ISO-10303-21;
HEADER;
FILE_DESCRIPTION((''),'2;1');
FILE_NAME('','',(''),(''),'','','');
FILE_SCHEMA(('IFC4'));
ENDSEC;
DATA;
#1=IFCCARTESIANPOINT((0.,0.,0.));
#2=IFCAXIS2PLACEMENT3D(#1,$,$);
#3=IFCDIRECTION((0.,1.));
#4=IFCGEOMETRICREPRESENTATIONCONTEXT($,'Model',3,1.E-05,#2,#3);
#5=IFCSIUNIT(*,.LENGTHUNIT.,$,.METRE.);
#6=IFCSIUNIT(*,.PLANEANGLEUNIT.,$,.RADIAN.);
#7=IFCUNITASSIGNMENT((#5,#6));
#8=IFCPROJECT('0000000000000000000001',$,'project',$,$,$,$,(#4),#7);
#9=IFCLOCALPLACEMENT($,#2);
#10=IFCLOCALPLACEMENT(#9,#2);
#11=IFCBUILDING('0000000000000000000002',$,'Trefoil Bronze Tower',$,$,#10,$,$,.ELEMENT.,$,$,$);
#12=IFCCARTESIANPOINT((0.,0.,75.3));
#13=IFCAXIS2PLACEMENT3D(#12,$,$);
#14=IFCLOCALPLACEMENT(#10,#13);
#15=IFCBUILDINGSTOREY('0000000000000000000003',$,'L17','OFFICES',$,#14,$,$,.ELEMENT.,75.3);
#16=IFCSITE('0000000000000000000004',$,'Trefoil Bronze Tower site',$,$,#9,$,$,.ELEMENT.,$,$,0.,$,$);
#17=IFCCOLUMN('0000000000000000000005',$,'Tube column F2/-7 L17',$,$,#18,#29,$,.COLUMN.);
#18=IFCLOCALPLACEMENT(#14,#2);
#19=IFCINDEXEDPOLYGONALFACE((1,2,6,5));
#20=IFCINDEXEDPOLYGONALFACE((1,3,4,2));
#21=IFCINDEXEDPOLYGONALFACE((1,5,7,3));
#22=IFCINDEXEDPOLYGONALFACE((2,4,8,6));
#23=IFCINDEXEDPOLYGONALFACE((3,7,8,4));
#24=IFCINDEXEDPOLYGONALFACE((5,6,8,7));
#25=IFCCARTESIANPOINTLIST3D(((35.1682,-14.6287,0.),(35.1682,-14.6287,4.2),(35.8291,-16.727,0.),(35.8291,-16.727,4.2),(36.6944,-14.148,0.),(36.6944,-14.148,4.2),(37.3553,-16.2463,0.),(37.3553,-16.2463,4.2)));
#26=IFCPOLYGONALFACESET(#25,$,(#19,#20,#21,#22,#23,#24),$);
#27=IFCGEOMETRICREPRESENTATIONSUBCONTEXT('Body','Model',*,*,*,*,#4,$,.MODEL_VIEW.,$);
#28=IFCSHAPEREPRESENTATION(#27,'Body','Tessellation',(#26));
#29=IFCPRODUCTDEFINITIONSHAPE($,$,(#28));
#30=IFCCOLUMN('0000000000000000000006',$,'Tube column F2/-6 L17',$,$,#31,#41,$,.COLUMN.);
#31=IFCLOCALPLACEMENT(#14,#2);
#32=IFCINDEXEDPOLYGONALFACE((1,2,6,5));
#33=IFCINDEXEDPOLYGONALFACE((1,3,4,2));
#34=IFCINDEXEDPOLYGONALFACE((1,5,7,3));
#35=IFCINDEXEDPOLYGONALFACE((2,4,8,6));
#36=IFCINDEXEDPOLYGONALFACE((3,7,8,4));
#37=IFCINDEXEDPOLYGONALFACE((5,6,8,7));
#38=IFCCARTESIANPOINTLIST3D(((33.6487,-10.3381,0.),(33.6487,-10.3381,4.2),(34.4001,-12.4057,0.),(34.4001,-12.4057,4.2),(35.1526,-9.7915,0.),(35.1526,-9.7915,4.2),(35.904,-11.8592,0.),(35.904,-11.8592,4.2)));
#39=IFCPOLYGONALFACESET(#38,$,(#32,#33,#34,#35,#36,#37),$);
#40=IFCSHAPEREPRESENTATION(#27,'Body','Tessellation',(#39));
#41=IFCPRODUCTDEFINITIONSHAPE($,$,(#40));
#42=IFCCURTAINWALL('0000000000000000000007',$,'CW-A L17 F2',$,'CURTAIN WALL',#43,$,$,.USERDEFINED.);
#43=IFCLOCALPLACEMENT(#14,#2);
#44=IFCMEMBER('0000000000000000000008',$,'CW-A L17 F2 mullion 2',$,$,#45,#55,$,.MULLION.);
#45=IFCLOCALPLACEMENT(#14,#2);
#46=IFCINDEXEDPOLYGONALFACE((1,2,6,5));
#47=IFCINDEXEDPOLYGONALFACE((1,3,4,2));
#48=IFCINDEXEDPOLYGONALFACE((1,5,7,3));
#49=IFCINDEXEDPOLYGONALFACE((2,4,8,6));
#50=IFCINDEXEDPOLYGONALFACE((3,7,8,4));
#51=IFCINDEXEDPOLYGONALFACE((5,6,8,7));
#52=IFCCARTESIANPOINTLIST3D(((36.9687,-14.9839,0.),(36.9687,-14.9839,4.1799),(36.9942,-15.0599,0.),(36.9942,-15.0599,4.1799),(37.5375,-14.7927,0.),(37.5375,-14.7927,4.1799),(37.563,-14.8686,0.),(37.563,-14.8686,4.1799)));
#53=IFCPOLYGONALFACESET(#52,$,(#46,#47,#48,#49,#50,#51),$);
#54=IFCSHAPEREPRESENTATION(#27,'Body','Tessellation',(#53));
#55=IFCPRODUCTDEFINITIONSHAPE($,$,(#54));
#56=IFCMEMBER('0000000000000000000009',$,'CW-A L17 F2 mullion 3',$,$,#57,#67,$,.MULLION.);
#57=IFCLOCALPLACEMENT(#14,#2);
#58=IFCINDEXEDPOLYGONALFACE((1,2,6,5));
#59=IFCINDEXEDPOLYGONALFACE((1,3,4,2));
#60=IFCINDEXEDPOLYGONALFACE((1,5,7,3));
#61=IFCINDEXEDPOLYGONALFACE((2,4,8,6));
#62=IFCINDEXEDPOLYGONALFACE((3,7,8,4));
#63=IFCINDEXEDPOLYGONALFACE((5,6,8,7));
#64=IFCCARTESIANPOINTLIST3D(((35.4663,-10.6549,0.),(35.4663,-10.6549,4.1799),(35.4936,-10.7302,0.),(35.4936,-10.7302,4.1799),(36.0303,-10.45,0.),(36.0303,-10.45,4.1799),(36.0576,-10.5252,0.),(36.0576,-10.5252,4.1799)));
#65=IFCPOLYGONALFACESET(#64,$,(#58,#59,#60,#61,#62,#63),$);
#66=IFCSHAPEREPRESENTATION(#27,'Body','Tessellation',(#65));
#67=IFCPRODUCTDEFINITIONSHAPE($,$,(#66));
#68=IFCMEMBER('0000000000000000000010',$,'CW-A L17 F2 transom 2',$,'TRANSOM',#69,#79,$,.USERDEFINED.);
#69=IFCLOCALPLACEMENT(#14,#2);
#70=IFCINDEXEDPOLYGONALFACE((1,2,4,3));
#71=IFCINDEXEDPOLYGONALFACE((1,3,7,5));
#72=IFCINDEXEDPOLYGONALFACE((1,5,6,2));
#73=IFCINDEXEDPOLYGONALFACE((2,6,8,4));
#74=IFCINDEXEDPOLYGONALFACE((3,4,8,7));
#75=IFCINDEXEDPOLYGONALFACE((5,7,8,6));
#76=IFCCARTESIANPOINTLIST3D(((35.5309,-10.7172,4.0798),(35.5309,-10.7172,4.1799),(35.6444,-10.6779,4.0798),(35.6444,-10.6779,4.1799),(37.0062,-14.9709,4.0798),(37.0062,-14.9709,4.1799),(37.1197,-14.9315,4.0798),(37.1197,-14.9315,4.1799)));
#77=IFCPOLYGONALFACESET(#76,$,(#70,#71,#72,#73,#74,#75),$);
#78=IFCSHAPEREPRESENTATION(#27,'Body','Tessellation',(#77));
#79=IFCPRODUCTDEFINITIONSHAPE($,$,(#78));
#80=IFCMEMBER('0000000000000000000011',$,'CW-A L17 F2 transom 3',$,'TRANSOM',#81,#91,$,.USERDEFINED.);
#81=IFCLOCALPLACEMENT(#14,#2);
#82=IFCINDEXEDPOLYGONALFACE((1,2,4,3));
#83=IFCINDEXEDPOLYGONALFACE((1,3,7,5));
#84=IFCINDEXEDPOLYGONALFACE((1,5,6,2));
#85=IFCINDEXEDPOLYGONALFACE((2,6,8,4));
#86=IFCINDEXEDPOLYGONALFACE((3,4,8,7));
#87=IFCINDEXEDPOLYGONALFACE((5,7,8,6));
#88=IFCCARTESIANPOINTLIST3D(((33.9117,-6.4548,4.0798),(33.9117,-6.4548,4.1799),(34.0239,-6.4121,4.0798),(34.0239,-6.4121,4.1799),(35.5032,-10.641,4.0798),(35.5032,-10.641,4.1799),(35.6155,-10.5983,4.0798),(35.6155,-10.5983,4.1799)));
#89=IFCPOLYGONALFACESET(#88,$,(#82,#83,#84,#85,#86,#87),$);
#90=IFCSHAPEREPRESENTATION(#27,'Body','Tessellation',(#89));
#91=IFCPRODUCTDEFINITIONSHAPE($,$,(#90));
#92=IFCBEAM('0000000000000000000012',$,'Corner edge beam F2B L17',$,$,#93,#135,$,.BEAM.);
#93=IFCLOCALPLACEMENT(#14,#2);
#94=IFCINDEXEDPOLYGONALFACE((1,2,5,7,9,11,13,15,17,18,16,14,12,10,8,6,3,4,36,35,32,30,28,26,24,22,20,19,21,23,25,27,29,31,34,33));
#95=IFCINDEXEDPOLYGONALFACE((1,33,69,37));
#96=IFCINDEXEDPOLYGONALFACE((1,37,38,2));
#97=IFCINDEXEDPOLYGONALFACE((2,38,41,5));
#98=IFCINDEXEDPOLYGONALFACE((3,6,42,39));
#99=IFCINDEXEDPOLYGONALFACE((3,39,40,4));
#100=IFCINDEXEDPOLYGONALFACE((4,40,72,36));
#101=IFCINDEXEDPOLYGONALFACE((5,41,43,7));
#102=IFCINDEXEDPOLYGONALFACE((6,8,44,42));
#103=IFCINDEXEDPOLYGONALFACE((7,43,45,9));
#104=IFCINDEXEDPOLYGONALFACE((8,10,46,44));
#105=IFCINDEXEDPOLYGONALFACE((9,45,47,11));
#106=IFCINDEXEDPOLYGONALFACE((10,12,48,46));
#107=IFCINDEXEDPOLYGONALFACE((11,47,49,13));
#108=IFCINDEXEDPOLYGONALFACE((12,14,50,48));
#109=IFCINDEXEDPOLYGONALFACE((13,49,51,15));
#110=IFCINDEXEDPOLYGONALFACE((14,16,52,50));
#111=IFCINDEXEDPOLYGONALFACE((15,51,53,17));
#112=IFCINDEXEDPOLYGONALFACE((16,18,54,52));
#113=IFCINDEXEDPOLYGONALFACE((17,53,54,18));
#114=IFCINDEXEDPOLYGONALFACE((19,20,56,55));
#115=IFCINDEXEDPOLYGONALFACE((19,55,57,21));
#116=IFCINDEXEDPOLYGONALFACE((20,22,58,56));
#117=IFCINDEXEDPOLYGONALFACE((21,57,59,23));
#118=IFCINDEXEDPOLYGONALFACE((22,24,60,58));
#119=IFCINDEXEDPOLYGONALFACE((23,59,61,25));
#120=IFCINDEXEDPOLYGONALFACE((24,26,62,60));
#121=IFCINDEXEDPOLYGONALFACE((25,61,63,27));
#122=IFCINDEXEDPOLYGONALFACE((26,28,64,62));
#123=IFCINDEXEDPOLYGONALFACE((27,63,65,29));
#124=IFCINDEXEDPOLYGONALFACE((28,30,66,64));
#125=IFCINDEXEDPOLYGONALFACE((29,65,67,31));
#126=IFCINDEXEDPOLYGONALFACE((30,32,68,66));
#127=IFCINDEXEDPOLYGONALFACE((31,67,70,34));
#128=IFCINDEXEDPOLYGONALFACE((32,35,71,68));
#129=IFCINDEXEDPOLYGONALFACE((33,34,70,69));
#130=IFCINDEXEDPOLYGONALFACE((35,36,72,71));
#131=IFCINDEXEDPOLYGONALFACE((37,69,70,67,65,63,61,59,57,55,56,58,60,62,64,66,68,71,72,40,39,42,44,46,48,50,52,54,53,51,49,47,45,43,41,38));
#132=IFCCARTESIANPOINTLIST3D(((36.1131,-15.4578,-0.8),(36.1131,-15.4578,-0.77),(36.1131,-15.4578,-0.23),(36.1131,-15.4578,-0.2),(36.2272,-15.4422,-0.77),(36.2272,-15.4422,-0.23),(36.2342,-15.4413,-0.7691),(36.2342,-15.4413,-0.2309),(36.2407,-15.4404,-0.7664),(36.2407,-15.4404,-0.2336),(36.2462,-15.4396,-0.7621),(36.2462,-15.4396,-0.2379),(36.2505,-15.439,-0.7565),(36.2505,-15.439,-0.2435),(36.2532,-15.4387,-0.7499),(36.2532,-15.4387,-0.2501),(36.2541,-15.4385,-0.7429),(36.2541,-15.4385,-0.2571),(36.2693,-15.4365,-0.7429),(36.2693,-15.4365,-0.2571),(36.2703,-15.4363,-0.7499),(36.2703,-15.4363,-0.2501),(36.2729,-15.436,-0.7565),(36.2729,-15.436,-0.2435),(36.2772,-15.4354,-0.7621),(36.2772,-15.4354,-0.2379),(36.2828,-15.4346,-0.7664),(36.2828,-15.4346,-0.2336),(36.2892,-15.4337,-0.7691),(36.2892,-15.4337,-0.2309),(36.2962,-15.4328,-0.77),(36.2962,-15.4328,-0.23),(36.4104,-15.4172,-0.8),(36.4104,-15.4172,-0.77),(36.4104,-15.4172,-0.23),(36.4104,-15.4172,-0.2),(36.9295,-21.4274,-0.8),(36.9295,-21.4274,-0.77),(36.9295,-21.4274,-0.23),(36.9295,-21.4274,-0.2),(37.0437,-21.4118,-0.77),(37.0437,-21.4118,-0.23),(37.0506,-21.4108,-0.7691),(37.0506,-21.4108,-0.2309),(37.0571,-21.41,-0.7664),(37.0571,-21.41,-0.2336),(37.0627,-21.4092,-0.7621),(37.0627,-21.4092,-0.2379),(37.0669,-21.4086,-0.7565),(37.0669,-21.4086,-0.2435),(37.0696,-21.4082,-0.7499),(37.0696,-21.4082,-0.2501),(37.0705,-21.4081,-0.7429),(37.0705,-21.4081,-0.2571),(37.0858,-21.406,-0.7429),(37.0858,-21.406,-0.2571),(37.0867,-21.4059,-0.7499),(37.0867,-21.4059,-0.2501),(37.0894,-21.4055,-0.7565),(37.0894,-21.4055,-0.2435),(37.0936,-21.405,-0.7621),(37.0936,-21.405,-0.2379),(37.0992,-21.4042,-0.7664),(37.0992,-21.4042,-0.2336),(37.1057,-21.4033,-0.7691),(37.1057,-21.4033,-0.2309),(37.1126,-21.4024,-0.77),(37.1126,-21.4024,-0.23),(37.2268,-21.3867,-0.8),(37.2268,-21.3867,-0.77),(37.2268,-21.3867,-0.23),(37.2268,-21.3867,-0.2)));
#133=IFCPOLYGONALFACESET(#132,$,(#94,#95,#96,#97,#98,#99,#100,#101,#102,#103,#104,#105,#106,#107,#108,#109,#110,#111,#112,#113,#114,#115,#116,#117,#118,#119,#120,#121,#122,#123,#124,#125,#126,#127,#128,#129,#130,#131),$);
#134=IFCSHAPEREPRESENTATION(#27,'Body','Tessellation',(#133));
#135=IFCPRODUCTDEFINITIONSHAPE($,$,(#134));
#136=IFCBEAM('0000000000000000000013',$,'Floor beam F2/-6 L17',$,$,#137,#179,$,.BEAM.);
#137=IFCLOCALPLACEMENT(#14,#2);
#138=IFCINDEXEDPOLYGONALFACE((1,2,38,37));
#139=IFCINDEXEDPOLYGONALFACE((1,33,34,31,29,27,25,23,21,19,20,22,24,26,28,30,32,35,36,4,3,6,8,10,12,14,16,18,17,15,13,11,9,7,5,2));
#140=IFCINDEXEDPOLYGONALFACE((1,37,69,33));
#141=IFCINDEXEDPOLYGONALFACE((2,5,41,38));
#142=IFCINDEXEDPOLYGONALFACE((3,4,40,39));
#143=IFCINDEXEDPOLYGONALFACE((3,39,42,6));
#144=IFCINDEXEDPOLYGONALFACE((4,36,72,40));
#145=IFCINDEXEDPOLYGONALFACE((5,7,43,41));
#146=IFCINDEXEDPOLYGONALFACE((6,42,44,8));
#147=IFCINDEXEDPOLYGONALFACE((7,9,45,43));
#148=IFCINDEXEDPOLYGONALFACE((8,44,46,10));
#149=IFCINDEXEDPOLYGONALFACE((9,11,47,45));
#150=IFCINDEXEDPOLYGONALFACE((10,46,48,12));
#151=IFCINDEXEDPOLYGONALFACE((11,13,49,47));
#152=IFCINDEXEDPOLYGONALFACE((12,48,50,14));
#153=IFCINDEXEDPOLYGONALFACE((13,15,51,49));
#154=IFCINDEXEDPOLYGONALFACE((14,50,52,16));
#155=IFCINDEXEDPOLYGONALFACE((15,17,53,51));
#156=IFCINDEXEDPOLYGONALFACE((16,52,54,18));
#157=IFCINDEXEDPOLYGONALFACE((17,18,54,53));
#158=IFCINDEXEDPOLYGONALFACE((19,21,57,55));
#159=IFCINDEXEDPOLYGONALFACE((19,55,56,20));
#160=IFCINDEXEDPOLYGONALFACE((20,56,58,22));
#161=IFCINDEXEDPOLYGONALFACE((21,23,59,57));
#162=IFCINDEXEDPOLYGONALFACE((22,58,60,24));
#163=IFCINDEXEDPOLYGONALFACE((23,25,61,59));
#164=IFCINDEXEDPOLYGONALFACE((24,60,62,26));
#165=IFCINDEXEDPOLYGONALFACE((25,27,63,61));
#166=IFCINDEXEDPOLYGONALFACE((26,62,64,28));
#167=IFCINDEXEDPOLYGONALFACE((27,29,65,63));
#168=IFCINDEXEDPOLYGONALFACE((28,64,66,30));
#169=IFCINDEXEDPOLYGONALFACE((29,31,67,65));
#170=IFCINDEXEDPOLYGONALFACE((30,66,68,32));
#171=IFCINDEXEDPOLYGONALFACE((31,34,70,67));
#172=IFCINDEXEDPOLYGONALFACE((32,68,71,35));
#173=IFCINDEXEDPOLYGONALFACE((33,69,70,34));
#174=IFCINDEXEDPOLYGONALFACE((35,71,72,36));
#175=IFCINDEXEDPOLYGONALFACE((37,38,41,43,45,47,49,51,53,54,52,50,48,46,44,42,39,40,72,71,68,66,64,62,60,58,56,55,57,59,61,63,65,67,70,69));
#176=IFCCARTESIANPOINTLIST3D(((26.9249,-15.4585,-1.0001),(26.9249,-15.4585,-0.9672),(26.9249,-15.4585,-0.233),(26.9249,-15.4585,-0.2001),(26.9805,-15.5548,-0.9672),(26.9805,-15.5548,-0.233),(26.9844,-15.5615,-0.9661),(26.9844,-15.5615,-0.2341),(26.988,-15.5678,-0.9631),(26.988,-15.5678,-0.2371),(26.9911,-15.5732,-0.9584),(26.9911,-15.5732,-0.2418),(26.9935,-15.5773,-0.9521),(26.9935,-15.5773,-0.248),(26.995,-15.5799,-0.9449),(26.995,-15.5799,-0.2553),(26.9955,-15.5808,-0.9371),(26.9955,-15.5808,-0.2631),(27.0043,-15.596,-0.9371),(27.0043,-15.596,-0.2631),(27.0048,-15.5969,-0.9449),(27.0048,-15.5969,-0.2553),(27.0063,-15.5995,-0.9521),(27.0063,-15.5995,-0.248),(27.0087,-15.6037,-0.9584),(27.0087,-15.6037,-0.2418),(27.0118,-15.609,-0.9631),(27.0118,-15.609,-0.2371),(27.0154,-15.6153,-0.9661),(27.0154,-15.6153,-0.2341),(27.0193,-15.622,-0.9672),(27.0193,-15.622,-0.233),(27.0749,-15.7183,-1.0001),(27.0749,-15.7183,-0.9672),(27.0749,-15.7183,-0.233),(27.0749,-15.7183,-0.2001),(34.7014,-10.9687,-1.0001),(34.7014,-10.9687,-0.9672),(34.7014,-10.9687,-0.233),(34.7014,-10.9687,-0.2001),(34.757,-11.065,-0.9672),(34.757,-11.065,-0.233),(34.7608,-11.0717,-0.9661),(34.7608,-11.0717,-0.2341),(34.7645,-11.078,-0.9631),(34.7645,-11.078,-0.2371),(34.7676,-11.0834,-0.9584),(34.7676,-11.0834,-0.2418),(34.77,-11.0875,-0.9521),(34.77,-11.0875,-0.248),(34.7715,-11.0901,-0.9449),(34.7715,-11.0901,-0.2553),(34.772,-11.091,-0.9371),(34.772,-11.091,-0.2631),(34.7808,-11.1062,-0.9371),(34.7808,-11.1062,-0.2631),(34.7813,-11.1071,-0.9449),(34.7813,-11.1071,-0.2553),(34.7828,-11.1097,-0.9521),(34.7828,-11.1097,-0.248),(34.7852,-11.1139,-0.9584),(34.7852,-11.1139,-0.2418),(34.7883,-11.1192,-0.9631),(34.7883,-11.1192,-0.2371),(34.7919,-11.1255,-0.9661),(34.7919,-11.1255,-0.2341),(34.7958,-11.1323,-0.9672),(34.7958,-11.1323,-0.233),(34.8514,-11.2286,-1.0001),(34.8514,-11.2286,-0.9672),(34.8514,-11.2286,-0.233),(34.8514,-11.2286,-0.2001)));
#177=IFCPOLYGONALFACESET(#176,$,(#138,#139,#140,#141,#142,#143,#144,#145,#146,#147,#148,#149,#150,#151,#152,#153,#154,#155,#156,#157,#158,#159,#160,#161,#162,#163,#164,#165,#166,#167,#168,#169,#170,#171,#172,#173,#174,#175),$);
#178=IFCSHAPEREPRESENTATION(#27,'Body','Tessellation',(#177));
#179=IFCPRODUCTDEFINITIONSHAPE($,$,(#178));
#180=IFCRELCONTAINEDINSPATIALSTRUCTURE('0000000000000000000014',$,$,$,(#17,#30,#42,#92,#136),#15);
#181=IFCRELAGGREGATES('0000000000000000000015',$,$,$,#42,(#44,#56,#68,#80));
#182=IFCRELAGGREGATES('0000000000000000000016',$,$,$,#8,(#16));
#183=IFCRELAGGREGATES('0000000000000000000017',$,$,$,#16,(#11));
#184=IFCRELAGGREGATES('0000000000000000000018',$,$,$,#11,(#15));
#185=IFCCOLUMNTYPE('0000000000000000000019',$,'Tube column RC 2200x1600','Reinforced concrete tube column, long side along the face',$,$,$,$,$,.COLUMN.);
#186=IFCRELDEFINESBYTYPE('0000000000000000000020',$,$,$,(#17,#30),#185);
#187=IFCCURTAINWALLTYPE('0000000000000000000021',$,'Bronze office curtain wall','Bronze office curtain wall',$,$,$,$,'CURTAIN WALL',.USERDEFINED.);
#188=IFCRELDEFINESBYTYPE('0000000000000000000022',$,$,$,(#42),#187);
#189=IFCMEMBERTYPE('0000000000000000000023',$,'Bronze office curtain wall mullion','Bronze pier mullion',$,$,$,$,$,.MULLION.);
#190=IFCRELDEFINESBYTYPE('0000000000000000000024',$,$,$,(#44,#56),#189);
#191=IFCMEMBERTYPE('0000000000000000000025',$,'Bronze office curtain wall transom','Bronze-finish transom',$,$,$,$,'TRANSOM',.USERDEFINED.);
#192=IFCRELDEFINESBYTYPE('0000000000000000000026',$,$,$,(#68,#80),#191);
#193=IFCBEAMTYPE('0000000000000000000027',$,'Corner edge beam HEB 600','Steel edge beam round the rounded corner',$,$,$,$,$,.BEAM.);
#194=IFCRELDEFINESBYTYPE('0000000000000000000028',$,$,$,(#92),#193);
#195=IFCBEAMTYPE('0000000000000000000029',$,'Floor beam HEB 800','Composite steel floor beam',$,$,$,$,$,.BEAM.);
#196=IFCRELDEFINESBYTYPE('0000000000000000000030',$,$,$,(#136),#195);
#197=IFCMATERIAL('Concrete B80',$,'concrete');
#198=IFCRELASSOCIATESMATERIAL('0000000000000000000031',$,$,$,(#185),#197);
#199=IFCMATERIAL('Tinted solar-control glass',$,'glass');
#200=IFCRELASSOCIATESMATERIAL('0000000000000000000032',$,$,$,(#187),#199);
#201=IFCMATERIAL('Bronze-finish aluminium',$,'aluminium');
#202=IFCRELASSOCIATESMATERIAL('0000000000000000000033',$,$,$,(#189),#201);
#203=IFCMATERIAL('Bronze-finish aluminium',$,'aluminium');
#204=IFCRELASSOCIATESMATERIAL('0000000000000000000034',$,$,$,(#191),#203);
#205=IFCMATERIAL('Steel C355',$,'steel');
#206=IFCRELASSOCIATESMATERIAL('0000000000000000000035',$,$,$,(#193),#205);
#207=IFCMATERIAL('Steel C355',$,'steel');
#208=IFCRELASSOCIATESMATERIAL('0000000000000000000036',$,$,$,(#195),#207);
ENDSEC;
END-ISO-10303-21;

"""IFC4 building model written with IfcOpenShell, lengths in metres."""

from ifc_helpers import new_model, si_unit, direction, frame, origin, origin_2d, place, context, subcontext, project, spatial, rectangle, i_section, extrude, material, material_profile, profile_set, type_object, element, aggregate, save


model = new_model("IFC4")

# Units and contexts
model_context = context("Model", 3, precision=1e-05, world=origin(), true_north=direction((0.0, 1.0)))
body_context = subcontext(model_context, "Body", "Model", "MODEL_VIEW")
ifc_project = project(units=[si_unit("LENGTHUNIT", "METRE"), si_unit("PLANEANGLEUNIT", "RADIAN")], contexts=[model_context])

# Site, building, storey
site_placement = place(None, origin())
site = spatial("IfcSite", under=ifc_project, at=site_placement, Name="Trefoil Bronze Tower site", CompositionType="ELEMENT", RefElevation=0.0)
building_placement = place(site_placement, origin())
building = spatial("IfcBuilding", under=site, at=building_placement, Name="Trefoil Bronze Tower", CompositionType="ELEMENT")
storey_placement = place(building_placement, frame((0.0, 0.0, 75.3)))
storey = spatial("IfcBuildingStorey", under=building, at=storey_placement, Name="L17", Description="OFFICES", CompositionType="ELEMENT", Elevation=75.3)

# Columns
ifc_material_1 = material(Name="Concrete B80", Category="concrete")
ifc_material_profile_1 = material_profile(ifc_material_1, rectangle(XDim=2.2, YDim=1.6001, at=origin_2d()), Name="RC 2200x1600")
ifc_profile_set_1 = profile_set([ifc_material_profile_1], Name="Concrete B80")
column_type = type_object("IfcColumnType", Name="Tube column RC 2200x1600", Description="Reinforced concrete tube column, long side along the face", PredefinedType="COLUMN", material=ifc_profile_set_1)
for number, where, z_axis, x_axis, name in (
    (1, (36.2617, -15.4375, 0.0), (0.0, 0.0, 1.0), (-0.300414, 0.953809, 0.0), "Tube column F2/-7 L17"),
    (2, (34.7764, -11.0986, 0.0), (0.0, 0.0, 1.0), (-0.341559, 0.93986, 0.0), "Tube column F2/-6 L17"),
):
    element("IfcColumn", number, at=place(storey_placement, frame(where, z_axis=z_axis, x_axis=x_axis)), inside=storey, type_object=column_type, Name=name, PredefinedType="COLUMN", context=body_context, shape_type="SweptSolid", body=[
        extrude(rectangle(XDim=2.2, YDim=1.6001, at=origin_2d()), origin(), (0.0, 0.0, 1.0), 4.2),
    ])

# Curtain wall, members
ifc_material_2 = material(Name="Tinted solar-control glass", Category="glass")
curtain_wall_type = type_object("IfcCurtainWallType", Name="Bronze office curtain wall", Description="Bronze office curtain wall", ElementType="CURTAIN WALL", PredefinedType="USERDEFINED", material=ifc_material_2)
curtain_wall_placement = place(storey_placement, origin())
curtain_wall = element("IfcCurtainWall", 3, at=curtain_wall_placement, inside=storey, type_object=curtain_wall_type, Name="CW-A L17 F2", ObjectType="CURTAIN WALL", PredefinedType="USERDEFINED")
ifc_material_3 = material(Name="Bronze-finish aluminium", Category="aluminium")
ifc_material_profile_2 = material_profile(ifc_material_3, rectangle(XDim=0.6001, YDim=0.0801, at=origin_2d()), Name="CW-A mullion")
ifc_profile_set_2 = profile_set([ifc_material_profile_2], Name="Bronze-finish aluminium")
member_type_1 = type_object("IfcMemberType", Name="Bronze office curtain wall mullion", Description="Bronze pier mullion", PredefinedType="MULLION", material=ifc_profile_set_2)
member_1_placement = place(storey_placement, frame((37.2659, -14.9263, 0.0), z_axis=(0.0, 0.0, 1.0), x_axis=(-0.947851, -0.318715, 0.0)))
member_1 = element("IfcMember", 4, at=member_1_placement, type_object=member_type_1, Name="CW-A L17 F2 mullion 2", PredefinedType="MULLION", context=body_context, shape_type="SweptSolid", body=[
    extrude(rectangle(XDim=0.6001, YDim=0.0801, at=origin_2d()), origin(), (0.0, 0.0, 1.0), 4.1799),
])
member_2_placement = place(storey_placement, frame((35.762, -10.5901, 0.0), z_axis=(0.0, 0.0, 1.0), x_axis=(-0.93986, -0.341559, 0.0)))
member_2 = element("IfcMember", 5, at=member_2_placement, type_object=member_type_1, Name="CW-A L17 F2 mullion 3", PredefinedType="MULLION", context=body_context, shape_type="SweptSolid", body=[
    extrude(rectangle(XDim=0.6001, YDim=0.0801, at=origin_2d()), origin(), (0.0, 0.0, 1.0), 4.1799),
])
ifc_material_4 = material(Name="Bronze-finish aluminium", Category="aluminium")
ifc_material_profile_3 = material_profile(ifc_material_4, rectangle(XDim=0.1201, YDim=0.1001, at=origin_2d()), Name="CW-A transom")
ifc_profile_set_3 = profile_set([ifc_material_profile_3], Name="Bronze-finish aluminium")
member_type_2 = type_object("IfcMemberType", Name="Bronze office curtain wall transom", Description="Bronze-finish transom", ElementType="TRANSOM", PredefinedType="USERDEFINED", material=ifc_profile_set_3)
member_3_placement = place(storey_placement, frame((37.063, -14.9512, 4.1299), z_axis=(-0.32769, 0.944785, 0.0), x_axis=(-0.944785, -0.32769, 0.0)))
member_3 = element("IfcMember", 6, at=member_3_placement, type_object=member_type_2, Name="CW-A L17 F2 transom 2", ObjectType="TRANSOM", PredefinedType="USERDEFINED", context=body_context, shape_type="SweptSolid", body=[
    extrude(rectangle(XDim=0.1201, YDim=0.1001, at=origin_2d()), origin(), (0.0, 0.0, 1.0), 4.5022),
])
member_4_placement = place(storey_placement, frame((35.5593, -10.6196, 4.1299), z_axis=(-0.355367, 0.934727, 0.0), x_axis=(-0.934727, -0.355367, 0.0)))
member_4 = element("IfcMember", 7, at=member_4_placement, type_object=member_type_2, Name="CW-A L17 F2 transom 3", ObjectType="TRANSOM", PredefinedType="USERDEFINED", context=body_context, shape_type="SweptSolid", body=[
    extrude(rectangle(XDim=0.1201, YDim=0.1001, at=origin_2d()), origin(), (0.0, 0.0, 1.0), 4.4785),
])

# Beams
ifc_material_5 = material(Name="Steel C355", Category="steel")
ifc_material_profile_4 = material_profile(ifc_material_5, i_section(OverallWidth=0.3, OverallDepth=0.6001, WebThickness=0.0154, FlangeThickness=0.03, FilletRadius=0.0271, at=origin_2d()), Name="HEB 600")
ifc_profile_set_4 = profile_set([ifc_material_profile_4], Name="Steel C355")
beam_type_1 = type_object("IfcBeamType", Name="Corner edge beam HEB 600", Description="Steel edge beam round the rounded corner", PredefinedType="BEAM", material=ifc_profile_set_4)
beam_1_placement = place(storey_placement, frame((36.2617, -15.4375, -0.5), z_axis=(0.135502, -0.990777, 0.0), x_axis=(0.990777, 0.135502, 0.0)))
element("IfcBeam", 8, at=beam_1_placement, inside=storey, type_object=beam_type_1, Name="Corner edge beam F2B L17", PredefinedType="BEAM", context=body_context, shape_type="SweptSolid", body=[
    extrude(i_section(OverallWidth=0.3, OverallDepth=0.6001, WebThickness=0.0154, FlangeThickness=0.03, FilletRadius=0.0271, at=origin_2d()), origin(), (0.0, 0.0, 1.0), 6.0251),
])
ifc_material_6 = material(Name="Steel C355", Category="steel")
ifc_material_profile_5 = material_profile(ifc_material_6, i_section(OverallWidth=0.3, OverallDepth=0.8, WebThickness=0.0176, FlangeThickness=0.033, FilletRadius=0.03, at=origin_2d()), Name="HEB 800")
ifc_profile_set_5 = profile_set([ifc_material_profile_5], Name="Steel C355")
beam_type_2 = type_object("IfcBeamType", Name="Floor beam HEB 800", Description="Composite steel floor beam", PredefinedType="BEAM", material=ifc_profile_set_5)
beam_2_placement = place(storey_placement, frame((34.7764, -11.0986, -0.6001), z_axis=(-0.866023, -0.500005, 0.0), x_axis=(0.500005, -0.866023, 0.0)))
element("IfcBeam", 9, at=beam_2_placement, inside=storey, type_object=beam_type_2, Name="Floor beam F2/-6 L17", PredefinedType="BEAM", context=body_context, shape_type="SweptSolid", body=[
    extrude(i_section(OverallWidth=0.3, OverallDepth=0.8, WebThickness=0.0176, FlangeThickness=0.033, FilletRadius=0.03, at=origin_2d()), origin(), (0.0, 0.0, 1.0), 8.9795),
])

aggregate(curtain_wall, [member_1, member_2, member_3, member_4])

save(model, "model.ifc")
